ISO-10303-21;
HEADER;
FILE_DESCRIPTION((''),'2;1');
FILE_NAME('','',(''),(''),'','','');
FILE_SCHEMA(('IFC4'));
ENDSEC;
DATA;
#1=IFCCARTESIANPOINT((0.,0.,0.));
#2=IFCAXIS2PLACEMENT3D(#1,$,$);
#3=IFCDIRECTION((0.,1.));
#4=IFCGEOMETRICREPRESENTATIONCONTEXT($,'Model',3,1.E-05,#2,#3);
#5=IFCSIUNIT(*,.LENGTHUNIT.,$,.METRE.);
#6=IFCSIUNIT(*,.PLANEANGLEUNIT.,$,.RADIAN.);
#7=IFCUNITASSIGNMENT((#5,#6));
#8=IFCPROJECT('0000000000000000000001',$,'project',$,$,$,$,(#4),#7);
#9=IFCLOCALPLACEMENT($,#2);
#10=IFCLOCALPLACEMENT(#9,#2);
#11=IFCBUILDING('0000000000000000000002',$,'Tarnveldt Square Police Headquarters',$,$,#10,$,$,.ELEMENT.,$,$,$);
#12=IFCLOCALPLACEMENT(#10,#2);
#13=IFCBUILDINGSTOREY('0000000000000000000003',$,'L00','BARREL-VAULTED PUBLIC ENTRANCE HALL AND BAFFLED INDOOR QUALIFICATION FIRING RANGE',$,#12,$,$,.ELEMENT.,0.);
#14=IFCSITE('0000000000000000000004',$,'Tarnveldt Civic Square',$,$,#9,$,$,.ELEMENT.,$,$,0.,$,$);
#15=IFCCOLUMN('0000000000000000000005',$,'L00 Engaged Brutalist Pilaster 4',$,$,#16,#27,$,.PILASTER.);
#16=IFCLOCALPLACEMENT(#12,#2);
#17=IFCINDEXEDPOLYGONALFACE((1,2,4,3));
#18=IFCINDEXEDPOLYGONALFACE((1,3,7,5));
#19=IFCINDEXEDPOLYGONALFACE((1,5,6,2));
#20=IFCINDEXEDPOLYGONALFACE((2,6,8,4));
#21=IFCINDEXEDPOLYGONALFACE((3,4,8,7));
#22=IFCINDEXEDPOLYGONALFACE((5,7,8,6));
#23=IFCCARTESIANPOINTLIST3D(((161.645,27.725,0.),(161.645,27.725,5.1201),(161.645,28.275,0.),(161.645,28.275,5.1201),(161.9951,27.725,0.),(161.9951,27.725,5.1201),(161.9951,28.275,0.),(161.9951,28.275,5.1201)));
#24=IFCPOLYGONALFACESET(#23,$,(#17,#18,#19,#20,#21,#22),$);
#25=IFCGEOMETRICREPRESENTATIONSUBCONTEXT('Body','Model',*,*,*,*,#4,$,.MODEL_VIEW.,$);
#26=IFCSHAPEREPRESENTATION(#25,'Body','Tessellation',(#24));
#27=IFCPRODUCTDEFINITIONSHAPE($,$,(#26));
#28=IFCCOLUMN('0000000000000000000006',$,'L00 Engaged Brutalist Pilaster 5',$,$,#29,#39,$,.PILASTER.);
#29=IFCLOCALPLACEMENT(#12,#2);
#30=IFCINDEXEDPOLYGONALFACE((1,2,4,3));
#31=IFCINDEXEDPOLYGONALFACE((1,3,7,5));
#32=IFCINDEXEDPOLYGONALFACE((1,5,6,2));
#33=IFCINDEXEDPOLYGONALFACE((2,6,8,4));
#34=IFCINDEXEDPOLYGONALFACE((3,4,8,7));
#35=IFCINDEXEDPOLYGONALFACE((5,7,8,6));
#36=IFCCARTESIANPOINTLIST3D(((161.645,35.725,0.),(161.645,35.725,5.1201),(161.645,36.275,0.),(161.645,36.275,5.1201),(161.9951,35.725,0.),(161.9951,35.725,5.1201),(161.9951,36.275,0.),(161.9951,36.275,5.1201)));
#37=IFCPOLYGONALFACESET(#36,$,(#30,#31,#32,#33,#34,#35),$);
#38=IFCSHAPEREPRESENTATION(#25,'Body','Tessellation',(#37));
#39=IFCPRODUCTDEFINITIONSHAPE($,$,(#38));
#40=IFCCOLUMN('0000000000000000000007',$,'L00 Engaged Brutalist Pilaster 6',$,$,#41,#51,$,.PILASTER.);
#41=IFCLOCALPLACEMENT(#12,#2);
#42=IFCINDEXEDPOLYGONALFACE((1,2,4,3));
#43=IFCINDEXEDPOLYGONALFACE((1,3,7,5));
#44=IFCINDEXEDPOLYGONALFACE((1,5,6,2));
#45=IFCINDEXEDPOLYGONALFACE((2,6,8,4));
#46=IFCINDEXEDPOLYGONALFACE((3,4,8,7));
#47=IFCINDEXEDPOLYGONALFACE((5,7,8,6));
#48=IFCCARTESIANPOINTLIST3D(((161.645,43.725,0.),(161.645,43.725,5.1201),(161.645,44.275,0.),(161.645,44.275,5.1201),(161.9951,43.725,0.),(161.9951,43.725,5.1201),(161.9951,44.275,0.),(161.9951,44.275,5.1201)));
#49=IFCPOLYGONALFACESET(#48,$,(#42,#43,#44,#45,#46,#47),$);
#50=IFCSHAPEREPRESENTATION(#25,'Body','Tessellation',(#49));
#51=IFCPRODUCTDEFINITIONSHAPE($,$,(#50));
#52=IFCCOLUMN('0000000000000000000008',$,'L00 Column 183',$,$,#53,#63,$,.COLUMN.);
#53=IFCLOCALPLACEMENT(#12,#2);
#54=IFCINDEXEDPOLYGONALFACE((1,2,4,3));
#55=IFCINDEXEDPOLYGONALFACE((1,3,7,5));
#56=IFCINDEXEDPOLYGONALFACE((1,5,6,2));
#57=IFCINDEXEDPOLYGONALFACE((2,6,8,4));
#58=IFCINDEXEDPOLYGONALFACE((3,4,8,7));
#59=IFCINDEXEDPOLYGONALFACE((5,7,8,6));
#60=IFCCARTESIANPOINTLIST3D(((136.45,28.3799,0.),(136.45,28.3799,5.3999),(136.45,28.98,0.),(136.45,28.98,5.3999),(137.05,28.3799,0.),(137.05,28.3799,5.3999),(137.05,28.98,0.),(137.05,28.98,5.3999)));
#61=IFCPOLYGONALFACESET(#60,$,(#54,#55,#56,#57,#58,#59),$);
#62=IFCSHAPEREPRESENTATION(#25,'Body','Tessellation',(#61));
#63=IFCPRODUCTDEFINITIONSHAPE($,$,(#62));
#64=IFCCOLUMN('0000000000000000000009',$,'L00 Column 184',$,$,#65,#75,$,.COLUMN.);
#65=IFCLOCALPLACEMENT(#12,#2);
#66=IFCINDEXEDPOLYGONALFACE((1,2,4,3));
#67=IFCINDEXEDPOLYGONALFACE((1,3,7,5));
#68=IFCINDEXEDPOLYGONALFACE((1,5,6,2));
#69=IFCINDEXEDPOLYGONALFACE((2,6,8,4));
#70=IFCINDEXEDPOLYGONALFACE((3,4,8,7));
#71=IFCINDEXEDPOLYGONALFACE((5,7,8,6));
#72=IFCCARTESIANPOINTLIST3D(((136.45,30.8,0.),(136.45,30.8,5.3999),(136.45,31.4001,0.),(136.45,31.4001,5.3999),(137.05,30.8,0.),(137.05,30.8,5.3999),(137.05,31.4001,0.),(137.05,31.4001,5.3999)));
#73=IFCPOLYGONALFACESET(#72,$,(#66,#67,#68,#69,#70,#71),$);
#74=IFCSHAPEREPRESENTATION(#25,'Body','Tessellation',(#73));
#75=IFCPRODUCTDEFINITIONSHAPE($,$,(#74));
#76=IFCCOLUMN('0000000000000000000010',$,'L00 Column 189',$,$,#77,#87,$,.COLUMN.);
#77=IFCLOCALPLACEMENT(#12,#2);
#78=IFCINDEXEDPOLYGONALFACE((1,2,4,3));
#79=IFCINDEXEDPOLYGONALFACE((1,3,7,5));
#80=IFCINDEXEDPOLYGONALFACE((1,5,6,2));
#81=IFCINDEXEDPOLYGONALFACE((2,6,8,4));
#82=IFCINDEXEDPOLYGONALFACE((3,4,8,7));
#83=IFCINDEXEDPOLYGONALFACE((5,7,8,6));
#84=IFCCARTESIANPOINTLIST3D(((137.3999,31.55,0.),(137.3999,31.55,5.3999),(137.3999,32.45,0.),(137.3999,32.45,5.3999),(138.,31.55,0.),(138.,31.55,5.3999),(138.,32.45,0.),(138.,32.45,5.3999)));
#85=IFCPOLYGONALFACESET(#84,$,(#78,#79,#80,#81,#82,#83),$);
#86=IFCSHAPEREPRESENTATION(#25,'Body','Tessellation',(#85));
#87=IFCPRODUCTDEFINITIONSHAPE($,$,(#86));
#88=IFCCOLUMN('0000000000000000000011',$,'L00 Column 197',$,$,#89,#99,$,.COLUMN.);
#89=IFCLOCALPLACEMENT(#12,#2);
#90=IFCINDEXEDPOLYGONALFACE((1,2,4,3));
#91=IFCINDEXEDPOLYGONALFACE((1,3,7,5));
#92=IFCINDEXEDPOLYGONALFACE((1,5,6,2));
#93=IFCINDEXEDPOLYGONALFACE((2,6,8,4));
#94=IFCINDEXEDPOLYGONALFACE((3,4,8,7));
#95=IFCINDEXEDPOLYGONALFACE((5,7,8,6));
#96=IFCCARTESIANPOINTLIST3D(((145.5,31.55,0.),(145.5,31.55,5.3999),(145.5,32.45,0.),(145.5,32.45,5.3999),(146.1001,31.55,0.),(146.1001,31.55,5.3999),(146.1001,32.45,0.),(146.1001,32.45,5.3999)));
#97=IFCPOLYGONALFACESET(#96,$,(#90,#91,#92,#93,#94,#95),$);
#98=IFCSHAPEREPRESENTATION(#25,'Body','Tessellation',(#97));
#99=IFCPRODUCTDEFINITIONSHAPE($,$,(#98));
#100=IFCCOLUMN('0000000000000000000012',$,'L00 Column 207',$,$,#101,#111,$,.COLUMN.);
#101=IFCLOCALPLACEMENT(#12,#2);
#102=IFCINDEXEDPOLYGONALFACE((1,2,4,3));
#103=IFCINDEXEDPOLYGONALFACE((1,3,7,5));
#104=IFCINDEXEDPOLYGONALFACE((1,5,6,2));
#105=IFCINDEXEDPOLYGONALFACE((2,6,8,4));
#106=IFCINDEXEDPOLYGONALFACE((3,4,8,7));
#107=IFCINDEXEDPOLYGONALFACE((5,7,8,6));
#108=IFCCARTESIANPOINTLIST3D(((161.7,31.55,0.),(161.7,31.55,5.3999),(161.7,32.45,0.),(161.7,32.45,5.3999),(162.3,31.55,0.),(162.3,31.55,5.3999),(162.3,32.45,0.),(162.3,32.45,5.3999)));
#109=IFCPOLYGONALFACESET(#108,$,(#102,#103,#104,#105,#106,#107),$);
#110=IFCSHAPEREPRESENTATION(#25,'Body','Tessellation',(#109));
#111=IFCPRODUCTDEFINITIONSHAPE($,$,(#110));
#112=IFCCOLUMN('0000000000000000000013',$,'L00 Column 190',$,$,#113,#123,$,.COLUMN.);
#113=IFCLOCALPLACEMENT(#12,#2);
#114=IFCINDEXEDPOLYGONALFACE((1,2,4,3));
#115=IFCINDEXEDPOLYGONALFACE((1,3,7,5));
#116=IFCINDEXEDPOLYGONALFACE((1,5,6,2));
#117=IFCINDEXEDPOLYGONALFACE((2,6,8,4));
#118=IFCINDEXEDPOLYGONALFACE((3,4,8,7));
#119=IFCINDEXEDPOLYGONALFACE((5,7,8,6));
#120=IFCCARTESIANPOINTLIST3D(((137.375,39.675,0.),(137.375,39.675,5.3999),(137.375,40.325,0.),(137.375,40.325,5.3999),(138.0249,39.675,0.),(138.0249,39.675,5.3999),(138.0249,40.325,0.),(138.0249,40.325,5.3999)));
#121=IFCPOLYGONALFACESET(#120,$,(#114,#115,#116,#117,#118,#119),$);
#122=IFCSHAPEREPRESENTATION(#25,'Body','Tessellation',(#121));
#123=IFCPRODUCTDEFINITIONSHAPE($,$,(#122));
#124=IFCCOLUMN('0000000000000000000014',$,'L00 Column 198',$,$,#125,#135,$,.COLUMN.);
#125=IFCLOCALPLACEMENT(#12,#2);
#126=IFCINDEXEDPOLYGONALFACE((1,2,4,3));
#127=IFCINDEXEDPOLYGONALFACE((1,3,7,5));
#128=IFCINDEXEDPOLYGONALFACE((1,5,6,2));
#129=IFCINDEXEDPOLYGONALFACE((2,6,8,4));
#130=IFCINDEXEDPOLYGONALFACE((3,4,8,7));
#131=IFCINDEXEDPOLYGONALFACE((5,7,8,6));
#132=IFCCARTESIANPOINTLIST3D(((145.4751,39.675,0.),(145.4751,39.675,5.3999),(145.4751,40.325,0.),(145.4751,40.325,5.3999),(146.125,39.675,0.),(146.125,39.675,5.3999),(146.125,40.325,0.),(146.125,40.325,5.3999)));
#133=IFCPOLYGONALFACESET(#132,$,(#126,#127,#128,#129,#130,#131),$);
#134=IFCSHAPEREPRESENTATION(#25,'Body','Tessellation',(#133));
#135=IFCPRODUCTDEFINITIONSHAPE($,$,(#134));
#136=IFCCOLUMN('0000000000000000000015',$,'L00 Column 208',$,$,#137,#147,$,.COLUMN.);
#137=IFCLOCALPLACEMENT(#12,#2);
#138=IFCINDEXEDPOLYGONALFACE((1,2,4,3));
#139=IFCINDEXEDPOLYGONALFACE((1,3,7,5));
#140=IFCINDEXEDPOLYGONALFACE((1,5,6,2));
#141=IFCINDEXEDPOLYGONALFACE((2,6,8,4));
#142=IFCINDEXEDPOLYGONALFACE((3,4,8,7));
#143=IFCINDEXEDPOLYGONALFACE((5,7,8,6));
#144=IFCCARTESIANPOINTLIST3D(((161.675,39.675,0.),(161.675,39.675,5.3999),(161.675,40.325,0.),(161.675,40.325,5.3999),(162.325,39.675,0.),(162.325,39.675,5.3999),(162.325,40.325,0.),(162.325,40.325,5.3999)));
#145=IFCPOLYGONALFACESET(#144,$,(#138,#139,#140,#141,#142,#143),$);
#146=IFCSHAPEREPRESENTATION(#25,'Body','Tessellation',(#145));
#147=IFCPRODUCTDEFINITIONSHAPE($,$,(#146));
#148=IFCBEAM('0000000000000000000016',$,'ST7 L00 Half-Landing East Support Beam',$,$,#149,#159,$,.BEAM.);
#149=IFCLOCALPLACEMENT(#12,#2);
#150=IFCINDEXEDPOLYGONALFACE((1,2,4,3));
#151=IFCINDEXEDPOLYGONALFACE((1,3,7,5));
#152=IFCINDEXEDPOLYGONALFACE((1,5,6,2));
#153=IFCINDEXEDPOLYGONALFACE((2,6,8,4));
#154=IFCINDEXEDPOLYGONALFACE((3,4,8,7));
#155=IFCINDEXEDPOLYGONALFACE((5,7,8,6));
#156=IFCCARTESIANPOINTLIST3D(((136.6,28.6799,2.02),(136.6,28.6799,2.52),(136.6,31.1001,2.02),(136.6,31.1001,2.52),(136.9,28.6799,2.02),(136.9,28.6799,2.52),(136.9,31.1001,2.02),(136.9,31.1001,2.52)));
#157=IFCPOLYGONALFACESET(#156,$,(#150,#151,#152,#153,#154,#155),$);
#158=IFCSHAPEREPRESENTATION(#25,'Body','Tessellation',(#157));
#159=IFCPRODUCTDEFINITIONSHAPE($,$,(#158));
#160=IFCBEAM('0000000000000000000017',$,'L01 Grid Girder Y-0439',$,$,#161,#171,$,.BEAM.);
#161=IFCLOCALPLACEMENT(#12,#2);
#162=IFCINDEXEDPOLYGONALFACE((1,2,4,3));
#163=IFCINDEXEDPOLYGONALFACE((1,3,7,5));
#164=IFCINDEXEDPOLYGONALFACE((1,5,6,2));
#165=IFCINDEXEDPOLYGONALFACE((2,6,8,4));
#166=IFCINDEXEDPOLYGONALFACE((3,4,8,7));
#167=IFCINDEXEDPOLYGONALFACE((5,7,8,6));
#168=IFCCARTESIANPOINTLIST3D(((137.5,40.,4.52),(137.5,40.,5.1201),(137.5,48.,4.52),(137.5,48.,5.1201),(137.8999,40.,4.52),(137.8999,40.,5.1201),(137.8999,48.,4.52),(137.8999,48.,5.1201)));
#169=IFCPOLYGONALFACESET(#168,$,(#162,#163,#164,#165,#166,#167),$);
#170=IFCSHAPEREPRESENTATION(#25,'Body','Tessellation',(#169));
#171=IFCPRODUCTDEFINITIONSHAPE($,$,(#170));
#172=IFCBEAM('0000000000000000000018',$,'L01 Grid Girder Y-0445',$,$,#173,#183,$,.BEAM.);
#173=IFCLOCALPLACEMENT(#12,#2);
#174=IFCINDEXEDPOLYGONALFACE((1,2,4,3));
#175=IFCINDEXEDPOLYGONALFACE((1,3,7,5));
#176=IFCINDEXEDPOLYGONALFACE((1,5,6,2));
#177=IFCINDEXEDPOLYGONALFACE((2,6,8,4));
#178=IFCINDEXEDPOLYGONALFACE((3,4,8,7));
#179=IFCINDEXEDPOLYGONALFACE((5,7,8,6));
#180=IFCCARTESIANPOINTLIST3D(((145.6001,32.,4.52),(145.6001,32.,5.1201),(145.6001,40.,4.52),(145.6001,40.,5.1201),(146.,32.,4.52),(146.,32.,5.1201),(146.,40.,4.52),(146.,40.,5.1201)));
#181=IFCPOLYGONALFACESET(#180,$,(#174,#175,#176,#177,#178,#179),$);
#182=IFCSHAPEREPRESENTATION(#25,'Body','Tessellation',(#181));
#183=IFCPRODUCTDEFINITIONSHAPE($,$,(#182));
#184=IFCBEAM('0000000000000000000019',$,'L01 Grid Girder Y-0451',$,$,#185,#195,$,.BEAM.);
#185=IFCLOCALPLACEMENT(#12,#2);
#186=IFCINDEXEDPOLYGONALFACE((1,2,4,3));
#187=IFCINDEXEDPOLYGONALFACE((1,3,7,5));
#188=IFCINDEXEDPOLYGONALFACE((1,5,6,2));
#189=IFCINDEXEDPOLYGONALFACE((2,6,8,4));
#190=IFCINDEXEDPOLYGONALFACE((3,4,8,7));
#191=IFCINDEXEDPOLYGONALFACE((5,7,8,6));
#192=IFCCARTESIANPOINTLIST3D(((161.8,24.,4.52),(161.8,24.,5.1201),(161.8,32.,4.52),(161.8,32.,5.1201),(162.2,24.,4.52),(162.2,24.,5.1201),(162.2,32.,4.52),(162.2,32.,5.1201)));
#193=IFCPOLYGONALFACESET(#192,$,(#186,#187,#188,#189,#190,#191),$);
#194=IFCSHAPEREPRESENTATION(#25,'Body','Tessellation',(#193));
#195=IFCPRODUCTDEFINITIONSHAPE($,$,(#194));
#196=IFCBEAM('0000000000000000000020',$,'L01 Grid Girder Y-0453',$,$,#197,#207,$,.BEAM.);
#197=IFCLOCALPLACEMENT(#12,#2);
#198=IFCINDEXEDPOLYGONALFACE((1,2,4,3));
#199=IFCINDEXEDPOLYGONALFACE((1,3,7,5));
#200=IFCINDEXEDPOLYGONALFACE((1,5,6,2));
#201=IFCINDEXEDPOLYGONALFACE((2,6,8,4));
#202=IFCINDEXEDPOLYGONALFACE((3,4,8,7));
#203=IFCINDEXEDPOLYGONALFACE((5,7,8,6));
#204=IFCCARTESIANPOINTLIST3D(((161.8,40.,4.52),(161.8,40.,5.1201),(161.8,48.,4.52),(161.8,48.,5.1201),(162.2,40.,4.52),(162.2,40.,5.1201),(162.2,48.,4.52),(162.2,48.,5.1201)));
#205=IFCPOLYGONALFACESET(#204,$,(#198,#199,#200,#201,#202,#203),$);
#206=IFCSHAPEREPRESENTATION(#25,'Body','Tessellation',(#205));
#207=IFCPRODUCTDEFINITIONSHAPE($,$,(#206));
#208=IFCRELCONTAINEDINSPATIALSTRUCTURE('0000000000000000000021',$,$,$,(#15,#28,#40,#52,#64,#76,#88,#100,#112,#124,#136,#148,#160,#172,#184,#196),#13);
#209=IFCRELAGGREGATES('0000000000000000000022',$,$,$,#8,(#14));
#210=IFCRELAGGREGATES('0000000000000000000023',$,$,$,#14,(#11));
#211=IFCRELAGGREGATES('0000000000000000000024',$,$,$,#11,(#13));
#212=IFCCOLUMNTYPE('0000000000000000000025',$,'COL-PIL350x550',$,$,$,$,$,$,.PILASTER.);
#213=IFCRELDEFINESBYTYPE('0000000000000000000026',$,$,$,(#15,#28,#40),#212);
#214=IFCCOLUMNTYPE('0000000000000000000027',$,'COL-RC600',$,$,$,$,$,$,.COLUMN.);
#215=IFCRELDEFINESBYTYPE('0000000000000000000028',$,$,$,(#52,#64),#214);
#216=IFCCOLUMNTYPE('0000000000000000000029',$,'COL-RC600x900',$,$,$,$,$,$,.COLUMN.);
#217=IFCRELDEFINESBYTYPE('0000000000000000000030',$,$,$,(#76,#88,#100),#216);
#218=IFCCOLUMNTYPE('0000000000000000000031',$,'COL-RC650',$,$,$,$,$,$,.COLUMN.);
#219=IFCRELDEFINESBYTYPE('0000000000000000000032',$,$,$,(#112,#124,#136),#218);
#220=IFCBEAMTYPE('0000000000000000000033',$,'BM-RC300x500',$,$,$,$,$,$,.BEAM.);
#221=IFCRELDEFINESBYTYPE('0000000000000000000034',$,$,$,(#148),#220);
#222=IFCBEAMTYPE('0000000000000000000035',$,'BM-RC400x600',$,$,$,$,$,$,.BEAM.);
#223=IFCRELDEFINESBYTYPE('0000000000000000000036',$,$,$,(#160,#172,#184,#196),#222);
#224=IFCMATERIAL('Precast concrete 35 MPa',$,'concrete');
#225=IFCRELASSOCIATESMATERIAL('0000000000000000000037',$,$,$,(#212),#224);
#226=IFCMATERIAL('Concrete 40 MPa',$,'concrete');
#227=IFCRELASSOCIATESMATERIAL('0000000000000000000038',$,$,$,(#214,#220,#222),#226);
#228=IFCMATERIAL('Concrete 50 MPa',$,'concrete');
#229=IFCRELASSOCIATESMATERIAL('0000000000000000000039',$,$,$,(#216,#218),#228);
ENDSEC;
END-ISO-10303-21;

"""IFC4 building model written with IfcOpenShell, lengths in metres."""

from ifc_helpers import new_model, si_unit, direction, frame, origin, origin_2d, place, context, subcontext, project, spatial, rectangle, extrude, material, material_profile, profile_set, type_object, element, save


model = new_model("IFC4")

# Units and contexts
model_context = context("Model", 3, precision=1e-05, world=origin(), true_north=direction((0.0, 1.0)))
body_context = subcontext(model_context, "Body", "Model", "MODEL_VIEW")
ifc_project = project(units=[si_unit("LENGTHUNIT", "METRE"), si_unit("PLANEANGLEUNIT", "RADIAN")], contexts=[model_context])

# Site, building, storey
site_placement = place(None, origin())
site = spatial("IfcSite", under=ifc_project, at=site_placement, Name="Tarnveldt Civic Square", CompositionType="ELEMENT", RefElevation=0.0)
building_placement = place(site_placement, origin())
building = spatial("IfcBuilding", under=site, at=building_placement, Name="Tarnveldt Square Police Headquarters", CompositionType="ELEMENT")
storey_placement = place(building_placement, origin())
storey = spatial("IfcBuildingStorey", under=building, at=storey_placement, Name="L00", Description="BARREL-VAULTED PUBLIC ENTRANCE HALL AND BAFFLED INDOOR QUALIFICATION FIRING RANGE", CompositionType="ELEMENT", Elevation=0.0)

# Columns
ifc_material_1 = material(Name="Precast concrete 35 MPa", Category="concrete")
ifc_material_profile_1 = material_profile(ifc_material_1, rectangle(XDim=0.3501, YDim=0.55, at=origin_2d()), Name="RC-PIL350x550")
ifc_profile_set_1 = profile_set([ifc_material_profile_1], Name="Precast concrete 35 MPa")
column_type_1 = type_object("IfcColumnType", Name="COL-PIL350x550", PredefinedType="PILASTER", material=ifc_profile_set_1)
for number, where, z_axis, x_axis, name in (
    (1, (161.8201, 28.0, 0.0), (0.0, 0.0, 1.0), (1.0, 0.0, 0.0), "L00 Engaged Brutalist Pilaster 4"),
    (2, (161.8201, 36.0, 0.0), (0.0, 0.0, 1.0), (1.0, 0.0, 0.0), "L00 Engaged Brutalist Pilaster 5"),
    (3, (161.8201, 44.0, 0.0), (0.0, 0.0, 1.0), (1.0, 0.0, 0.0), "L00 Engaged Brutalist Pilaster 6"),
):
    element("IfcColumn", number, at=place(storey_placement, frame(where, z_axis=z_axis, x_axis=x_axis)), inside=storey, type_object=column_type_1, Name=name, PredefinedType="PILASTER", context=body_context, shape_type="SweptSolid", body=[
        extrude(rectangle(XDim=0.3501, YDim=0.55, at=origin_2d()), origin(), (0.0, 0.0, 1.0), 5.1201),
    ])
ifc_material_2 = material(Name="Concrete 40 MPa", Category="concrete")
ifc_material_profile_2 = material_profile(ifc_material_2, rectangle(XDim=0.6001, YDim=0.6001, at=origin_2d()), Name="RC-C600x600")
ifc_profile_set_2 = profile_set([ifc_material_profile_2], Name="Concrete 40 MPa")
column_type_2 = type_object("IfcColumnType", Name="COL-RC600", PredefinedType="COLUMN", material=ifc_profile_set_2)
for number, where, z_axis, x_axis, name in (
    (4, (136.75, 28.6799, 0.0), (0.0, 0.0, 1.0), (1.0, 0.0, 0.0), "L00 Column 183"),
    (5, (136.75, 31.1001, 0.0), (0.0, 0.0, 1.0), (1.0, 0.0, 0.0), "L00 Column 184"),
):
    element("IfcColumn", number, at=place(storey_placement, frame(where, z_axis=z_axis, x_axis=x_axis)), inside=storey, type_object=column_type_2, Name=name, PredefinedType="COLUMN", context=body_context, shape_type="SweptSolid", body=[
        extrude(rectangle(XDim=0.6001, YDim=0.6001, at=origin_2d()), origin(), (0.0, 0.0, 1.0), 5.3999),
    ])
ifc_material_3 = material(Name="Concrete 50 MPa", Category="concrete")
ifc_material_profile_3 = material_profile(ifc_material_3, rectangle(XDim=0.6001, YDim=0.8999, at=origin_2d()), Name="RC-C600x900")
ifc_profile_set_3 = profile_set([ifc_material_profile_3], Name="Concrete 50 MPa")
column_type_3 = type_object("IfcColumnType", Name="COL-RC600x900", PredefinedType="COLUMN", material=ifc_profile_set_3)
for number, where, z_axis, x_axis, name in (
    (6, (137.7, 32.0, 0.0), (0.0, 0.0, 1.0), (1.0, 0.0, 0.0), "L00 Column 189"),
    (7, (145.8, 32.0, 0.0), (0.0, 0.0, 1.0), (1.0, 0.0, 0.0), "L00 Column 197"),
    (8, (162.0, 32.0, 0.0), (0.0, 0.0, 1.0), (1.0, 0.0, 0.0), "L00 Column 207"),
):
    element("IfcColumn", number, at=place(storey_placement, frame(where, z_axis=z_axis, x_axis=x_axis)), inside=storey, type_object=column_type_3, Name=name, PredefinedType="COLUMN", context=body_context, shape_type="SweptSolid", body=[
        extrude(rectangle(XDim=0.6001, YDim=0.8999, at=origin_2d()), origin(), (0.0, 0.0, 1.0), 5.3999),
    ])
ifc_material_profile_4 = material_profile(ifc_material_3, rectangle(XDim=0.6499, YDim=0.6499, at=origin_2d()), Name="RC-C650x650")
ifc_profile_set_4 = profile_set([ifc_material_profile_4], Name="Concrete 50 MPa")
column_type_4 = type_object("IfcColumnType", Name="COL-RC650", PredefinedType="COLUMN", material=ifc_profile_set_4)
for number, where, z_axis, x_axis, name in (
    (9, (137.7, 40.0, 0.0), (0.0, 0.0, 1.0), (1.0, 0.0, 0.0), "L00 Column 190"),
    (10, (145.8, 40.0, 0.0), (0.0, 0.0, 1.0), (1.0, 0.0, 0.0), "L00 Column 198"),
    (11, (162.0, 40.0, 0.0), (0.0, 0.0, 1.0), (1.0, 0.0, 0.0), "L00 Column 208"),
):
    element("IfcColumn", number, at=place(storey_placement, frame(where, z_axis=z_axis, x_axis=x_axis)), inside=storey, type_object=column_type_4, Name=name, PredefinedType="COLUMN", context=body_context, shape_type="SweptSolid", body=[
        extrude(rectangle(XDim=0.6499, YDim=0.6499, at=origin_2d()), origin(), (0.0, 0.0, 1.0), 5.3999),
    ])

# Beams
ifc_material_profile_5 = material_profile(ifc_material_2, rectangle(XDim=0.3, YDim=0.5, at=origin_2d()), Name="RC-B300x500")
ifc_profile_set_5 = profile_set([ifc_material_profile_5], Name="Concrete 40 MPa")
beam_type_1 = type_object("IfcBeamType", Name="BM-RC300x500", PredefinedType="BEAM", material=ifc_profile_set_5)
beam_1_placement = place(storey_placement, frame((136.75, 28.6799, 2.27), z_axis=(0.0, 1.0, 0.0), x_axis=(-1.0, 0.0, 0.0)))
element("IfcBeam", 12, at=beam_1_placement, inside=storey, type_object=beam_type_1, Name="ST7 L00 Half-Landing East Support Beam", PredefinedType="BEAM", context=body_context, shape_type="SweptSolid", body=[
    extrude(rectangle(XDim=0.3, YDim=0.5, at=origin_2d()), origin(), (0.0, 0.0, 1.0), 2.4202),
])
ifc_material_profile_6 = material_profile(ifc_material_2, rectangle(XDim=0.3999, YDim=0.6001, at=origin_2d()), Name="RC-B400x600")
ifc_profile_set_6 = profile_set([ifc_material_profile_6], Name="Concrete 40 MPa")
beam_type_2 = type_object("IfcBeamType", Name="BM-RC400x600", PredefinedType="BEAM", material=ifc_profile_set_6)
for number, where, z_axis, x_axis, name in (
    (13, (137.7, 40.0, 4.8201), (0.0, 1.0, 0.0), (-1.0, 0.0, 0.0), "L01 Grid Girder Y-0439"),
    (14, (145.8, 32.0, 4.8201), (0.0, 1.0, 0.0), (-1.0, 0.0, 0.0), "L01 Grid Girder Y-0445"),
    (15, (162.0, 24.0, 4.8201), (0.0, 1.0, 0.0), (-1.0, 0.0, 0.0), "L01 Grid Girder Y-0451"),
    (16, (162.0, 40.0, 4.8201), (0.0, 1.0, 0.0), (-1.0, 0.0, 0.0), "L01 Grid Girder Y-0453"),
):
    element("IfcBeam", number, at=place(storey_placement, frame(where, z_axis=z_axis, x_axis=x_axis)), inside=storey, type_object=beam_type_2, Name=name, PredefinedType="BEAM", context=body_context, shape_type="SweptSolid", body=[
        extrude(rectangle(XDim=0.3999, YDim=0.6001, at=origin_2d()), origin(), (0.0, 0.0, 1.0), 8.0),
    ])

save(model, "model.ifc")
